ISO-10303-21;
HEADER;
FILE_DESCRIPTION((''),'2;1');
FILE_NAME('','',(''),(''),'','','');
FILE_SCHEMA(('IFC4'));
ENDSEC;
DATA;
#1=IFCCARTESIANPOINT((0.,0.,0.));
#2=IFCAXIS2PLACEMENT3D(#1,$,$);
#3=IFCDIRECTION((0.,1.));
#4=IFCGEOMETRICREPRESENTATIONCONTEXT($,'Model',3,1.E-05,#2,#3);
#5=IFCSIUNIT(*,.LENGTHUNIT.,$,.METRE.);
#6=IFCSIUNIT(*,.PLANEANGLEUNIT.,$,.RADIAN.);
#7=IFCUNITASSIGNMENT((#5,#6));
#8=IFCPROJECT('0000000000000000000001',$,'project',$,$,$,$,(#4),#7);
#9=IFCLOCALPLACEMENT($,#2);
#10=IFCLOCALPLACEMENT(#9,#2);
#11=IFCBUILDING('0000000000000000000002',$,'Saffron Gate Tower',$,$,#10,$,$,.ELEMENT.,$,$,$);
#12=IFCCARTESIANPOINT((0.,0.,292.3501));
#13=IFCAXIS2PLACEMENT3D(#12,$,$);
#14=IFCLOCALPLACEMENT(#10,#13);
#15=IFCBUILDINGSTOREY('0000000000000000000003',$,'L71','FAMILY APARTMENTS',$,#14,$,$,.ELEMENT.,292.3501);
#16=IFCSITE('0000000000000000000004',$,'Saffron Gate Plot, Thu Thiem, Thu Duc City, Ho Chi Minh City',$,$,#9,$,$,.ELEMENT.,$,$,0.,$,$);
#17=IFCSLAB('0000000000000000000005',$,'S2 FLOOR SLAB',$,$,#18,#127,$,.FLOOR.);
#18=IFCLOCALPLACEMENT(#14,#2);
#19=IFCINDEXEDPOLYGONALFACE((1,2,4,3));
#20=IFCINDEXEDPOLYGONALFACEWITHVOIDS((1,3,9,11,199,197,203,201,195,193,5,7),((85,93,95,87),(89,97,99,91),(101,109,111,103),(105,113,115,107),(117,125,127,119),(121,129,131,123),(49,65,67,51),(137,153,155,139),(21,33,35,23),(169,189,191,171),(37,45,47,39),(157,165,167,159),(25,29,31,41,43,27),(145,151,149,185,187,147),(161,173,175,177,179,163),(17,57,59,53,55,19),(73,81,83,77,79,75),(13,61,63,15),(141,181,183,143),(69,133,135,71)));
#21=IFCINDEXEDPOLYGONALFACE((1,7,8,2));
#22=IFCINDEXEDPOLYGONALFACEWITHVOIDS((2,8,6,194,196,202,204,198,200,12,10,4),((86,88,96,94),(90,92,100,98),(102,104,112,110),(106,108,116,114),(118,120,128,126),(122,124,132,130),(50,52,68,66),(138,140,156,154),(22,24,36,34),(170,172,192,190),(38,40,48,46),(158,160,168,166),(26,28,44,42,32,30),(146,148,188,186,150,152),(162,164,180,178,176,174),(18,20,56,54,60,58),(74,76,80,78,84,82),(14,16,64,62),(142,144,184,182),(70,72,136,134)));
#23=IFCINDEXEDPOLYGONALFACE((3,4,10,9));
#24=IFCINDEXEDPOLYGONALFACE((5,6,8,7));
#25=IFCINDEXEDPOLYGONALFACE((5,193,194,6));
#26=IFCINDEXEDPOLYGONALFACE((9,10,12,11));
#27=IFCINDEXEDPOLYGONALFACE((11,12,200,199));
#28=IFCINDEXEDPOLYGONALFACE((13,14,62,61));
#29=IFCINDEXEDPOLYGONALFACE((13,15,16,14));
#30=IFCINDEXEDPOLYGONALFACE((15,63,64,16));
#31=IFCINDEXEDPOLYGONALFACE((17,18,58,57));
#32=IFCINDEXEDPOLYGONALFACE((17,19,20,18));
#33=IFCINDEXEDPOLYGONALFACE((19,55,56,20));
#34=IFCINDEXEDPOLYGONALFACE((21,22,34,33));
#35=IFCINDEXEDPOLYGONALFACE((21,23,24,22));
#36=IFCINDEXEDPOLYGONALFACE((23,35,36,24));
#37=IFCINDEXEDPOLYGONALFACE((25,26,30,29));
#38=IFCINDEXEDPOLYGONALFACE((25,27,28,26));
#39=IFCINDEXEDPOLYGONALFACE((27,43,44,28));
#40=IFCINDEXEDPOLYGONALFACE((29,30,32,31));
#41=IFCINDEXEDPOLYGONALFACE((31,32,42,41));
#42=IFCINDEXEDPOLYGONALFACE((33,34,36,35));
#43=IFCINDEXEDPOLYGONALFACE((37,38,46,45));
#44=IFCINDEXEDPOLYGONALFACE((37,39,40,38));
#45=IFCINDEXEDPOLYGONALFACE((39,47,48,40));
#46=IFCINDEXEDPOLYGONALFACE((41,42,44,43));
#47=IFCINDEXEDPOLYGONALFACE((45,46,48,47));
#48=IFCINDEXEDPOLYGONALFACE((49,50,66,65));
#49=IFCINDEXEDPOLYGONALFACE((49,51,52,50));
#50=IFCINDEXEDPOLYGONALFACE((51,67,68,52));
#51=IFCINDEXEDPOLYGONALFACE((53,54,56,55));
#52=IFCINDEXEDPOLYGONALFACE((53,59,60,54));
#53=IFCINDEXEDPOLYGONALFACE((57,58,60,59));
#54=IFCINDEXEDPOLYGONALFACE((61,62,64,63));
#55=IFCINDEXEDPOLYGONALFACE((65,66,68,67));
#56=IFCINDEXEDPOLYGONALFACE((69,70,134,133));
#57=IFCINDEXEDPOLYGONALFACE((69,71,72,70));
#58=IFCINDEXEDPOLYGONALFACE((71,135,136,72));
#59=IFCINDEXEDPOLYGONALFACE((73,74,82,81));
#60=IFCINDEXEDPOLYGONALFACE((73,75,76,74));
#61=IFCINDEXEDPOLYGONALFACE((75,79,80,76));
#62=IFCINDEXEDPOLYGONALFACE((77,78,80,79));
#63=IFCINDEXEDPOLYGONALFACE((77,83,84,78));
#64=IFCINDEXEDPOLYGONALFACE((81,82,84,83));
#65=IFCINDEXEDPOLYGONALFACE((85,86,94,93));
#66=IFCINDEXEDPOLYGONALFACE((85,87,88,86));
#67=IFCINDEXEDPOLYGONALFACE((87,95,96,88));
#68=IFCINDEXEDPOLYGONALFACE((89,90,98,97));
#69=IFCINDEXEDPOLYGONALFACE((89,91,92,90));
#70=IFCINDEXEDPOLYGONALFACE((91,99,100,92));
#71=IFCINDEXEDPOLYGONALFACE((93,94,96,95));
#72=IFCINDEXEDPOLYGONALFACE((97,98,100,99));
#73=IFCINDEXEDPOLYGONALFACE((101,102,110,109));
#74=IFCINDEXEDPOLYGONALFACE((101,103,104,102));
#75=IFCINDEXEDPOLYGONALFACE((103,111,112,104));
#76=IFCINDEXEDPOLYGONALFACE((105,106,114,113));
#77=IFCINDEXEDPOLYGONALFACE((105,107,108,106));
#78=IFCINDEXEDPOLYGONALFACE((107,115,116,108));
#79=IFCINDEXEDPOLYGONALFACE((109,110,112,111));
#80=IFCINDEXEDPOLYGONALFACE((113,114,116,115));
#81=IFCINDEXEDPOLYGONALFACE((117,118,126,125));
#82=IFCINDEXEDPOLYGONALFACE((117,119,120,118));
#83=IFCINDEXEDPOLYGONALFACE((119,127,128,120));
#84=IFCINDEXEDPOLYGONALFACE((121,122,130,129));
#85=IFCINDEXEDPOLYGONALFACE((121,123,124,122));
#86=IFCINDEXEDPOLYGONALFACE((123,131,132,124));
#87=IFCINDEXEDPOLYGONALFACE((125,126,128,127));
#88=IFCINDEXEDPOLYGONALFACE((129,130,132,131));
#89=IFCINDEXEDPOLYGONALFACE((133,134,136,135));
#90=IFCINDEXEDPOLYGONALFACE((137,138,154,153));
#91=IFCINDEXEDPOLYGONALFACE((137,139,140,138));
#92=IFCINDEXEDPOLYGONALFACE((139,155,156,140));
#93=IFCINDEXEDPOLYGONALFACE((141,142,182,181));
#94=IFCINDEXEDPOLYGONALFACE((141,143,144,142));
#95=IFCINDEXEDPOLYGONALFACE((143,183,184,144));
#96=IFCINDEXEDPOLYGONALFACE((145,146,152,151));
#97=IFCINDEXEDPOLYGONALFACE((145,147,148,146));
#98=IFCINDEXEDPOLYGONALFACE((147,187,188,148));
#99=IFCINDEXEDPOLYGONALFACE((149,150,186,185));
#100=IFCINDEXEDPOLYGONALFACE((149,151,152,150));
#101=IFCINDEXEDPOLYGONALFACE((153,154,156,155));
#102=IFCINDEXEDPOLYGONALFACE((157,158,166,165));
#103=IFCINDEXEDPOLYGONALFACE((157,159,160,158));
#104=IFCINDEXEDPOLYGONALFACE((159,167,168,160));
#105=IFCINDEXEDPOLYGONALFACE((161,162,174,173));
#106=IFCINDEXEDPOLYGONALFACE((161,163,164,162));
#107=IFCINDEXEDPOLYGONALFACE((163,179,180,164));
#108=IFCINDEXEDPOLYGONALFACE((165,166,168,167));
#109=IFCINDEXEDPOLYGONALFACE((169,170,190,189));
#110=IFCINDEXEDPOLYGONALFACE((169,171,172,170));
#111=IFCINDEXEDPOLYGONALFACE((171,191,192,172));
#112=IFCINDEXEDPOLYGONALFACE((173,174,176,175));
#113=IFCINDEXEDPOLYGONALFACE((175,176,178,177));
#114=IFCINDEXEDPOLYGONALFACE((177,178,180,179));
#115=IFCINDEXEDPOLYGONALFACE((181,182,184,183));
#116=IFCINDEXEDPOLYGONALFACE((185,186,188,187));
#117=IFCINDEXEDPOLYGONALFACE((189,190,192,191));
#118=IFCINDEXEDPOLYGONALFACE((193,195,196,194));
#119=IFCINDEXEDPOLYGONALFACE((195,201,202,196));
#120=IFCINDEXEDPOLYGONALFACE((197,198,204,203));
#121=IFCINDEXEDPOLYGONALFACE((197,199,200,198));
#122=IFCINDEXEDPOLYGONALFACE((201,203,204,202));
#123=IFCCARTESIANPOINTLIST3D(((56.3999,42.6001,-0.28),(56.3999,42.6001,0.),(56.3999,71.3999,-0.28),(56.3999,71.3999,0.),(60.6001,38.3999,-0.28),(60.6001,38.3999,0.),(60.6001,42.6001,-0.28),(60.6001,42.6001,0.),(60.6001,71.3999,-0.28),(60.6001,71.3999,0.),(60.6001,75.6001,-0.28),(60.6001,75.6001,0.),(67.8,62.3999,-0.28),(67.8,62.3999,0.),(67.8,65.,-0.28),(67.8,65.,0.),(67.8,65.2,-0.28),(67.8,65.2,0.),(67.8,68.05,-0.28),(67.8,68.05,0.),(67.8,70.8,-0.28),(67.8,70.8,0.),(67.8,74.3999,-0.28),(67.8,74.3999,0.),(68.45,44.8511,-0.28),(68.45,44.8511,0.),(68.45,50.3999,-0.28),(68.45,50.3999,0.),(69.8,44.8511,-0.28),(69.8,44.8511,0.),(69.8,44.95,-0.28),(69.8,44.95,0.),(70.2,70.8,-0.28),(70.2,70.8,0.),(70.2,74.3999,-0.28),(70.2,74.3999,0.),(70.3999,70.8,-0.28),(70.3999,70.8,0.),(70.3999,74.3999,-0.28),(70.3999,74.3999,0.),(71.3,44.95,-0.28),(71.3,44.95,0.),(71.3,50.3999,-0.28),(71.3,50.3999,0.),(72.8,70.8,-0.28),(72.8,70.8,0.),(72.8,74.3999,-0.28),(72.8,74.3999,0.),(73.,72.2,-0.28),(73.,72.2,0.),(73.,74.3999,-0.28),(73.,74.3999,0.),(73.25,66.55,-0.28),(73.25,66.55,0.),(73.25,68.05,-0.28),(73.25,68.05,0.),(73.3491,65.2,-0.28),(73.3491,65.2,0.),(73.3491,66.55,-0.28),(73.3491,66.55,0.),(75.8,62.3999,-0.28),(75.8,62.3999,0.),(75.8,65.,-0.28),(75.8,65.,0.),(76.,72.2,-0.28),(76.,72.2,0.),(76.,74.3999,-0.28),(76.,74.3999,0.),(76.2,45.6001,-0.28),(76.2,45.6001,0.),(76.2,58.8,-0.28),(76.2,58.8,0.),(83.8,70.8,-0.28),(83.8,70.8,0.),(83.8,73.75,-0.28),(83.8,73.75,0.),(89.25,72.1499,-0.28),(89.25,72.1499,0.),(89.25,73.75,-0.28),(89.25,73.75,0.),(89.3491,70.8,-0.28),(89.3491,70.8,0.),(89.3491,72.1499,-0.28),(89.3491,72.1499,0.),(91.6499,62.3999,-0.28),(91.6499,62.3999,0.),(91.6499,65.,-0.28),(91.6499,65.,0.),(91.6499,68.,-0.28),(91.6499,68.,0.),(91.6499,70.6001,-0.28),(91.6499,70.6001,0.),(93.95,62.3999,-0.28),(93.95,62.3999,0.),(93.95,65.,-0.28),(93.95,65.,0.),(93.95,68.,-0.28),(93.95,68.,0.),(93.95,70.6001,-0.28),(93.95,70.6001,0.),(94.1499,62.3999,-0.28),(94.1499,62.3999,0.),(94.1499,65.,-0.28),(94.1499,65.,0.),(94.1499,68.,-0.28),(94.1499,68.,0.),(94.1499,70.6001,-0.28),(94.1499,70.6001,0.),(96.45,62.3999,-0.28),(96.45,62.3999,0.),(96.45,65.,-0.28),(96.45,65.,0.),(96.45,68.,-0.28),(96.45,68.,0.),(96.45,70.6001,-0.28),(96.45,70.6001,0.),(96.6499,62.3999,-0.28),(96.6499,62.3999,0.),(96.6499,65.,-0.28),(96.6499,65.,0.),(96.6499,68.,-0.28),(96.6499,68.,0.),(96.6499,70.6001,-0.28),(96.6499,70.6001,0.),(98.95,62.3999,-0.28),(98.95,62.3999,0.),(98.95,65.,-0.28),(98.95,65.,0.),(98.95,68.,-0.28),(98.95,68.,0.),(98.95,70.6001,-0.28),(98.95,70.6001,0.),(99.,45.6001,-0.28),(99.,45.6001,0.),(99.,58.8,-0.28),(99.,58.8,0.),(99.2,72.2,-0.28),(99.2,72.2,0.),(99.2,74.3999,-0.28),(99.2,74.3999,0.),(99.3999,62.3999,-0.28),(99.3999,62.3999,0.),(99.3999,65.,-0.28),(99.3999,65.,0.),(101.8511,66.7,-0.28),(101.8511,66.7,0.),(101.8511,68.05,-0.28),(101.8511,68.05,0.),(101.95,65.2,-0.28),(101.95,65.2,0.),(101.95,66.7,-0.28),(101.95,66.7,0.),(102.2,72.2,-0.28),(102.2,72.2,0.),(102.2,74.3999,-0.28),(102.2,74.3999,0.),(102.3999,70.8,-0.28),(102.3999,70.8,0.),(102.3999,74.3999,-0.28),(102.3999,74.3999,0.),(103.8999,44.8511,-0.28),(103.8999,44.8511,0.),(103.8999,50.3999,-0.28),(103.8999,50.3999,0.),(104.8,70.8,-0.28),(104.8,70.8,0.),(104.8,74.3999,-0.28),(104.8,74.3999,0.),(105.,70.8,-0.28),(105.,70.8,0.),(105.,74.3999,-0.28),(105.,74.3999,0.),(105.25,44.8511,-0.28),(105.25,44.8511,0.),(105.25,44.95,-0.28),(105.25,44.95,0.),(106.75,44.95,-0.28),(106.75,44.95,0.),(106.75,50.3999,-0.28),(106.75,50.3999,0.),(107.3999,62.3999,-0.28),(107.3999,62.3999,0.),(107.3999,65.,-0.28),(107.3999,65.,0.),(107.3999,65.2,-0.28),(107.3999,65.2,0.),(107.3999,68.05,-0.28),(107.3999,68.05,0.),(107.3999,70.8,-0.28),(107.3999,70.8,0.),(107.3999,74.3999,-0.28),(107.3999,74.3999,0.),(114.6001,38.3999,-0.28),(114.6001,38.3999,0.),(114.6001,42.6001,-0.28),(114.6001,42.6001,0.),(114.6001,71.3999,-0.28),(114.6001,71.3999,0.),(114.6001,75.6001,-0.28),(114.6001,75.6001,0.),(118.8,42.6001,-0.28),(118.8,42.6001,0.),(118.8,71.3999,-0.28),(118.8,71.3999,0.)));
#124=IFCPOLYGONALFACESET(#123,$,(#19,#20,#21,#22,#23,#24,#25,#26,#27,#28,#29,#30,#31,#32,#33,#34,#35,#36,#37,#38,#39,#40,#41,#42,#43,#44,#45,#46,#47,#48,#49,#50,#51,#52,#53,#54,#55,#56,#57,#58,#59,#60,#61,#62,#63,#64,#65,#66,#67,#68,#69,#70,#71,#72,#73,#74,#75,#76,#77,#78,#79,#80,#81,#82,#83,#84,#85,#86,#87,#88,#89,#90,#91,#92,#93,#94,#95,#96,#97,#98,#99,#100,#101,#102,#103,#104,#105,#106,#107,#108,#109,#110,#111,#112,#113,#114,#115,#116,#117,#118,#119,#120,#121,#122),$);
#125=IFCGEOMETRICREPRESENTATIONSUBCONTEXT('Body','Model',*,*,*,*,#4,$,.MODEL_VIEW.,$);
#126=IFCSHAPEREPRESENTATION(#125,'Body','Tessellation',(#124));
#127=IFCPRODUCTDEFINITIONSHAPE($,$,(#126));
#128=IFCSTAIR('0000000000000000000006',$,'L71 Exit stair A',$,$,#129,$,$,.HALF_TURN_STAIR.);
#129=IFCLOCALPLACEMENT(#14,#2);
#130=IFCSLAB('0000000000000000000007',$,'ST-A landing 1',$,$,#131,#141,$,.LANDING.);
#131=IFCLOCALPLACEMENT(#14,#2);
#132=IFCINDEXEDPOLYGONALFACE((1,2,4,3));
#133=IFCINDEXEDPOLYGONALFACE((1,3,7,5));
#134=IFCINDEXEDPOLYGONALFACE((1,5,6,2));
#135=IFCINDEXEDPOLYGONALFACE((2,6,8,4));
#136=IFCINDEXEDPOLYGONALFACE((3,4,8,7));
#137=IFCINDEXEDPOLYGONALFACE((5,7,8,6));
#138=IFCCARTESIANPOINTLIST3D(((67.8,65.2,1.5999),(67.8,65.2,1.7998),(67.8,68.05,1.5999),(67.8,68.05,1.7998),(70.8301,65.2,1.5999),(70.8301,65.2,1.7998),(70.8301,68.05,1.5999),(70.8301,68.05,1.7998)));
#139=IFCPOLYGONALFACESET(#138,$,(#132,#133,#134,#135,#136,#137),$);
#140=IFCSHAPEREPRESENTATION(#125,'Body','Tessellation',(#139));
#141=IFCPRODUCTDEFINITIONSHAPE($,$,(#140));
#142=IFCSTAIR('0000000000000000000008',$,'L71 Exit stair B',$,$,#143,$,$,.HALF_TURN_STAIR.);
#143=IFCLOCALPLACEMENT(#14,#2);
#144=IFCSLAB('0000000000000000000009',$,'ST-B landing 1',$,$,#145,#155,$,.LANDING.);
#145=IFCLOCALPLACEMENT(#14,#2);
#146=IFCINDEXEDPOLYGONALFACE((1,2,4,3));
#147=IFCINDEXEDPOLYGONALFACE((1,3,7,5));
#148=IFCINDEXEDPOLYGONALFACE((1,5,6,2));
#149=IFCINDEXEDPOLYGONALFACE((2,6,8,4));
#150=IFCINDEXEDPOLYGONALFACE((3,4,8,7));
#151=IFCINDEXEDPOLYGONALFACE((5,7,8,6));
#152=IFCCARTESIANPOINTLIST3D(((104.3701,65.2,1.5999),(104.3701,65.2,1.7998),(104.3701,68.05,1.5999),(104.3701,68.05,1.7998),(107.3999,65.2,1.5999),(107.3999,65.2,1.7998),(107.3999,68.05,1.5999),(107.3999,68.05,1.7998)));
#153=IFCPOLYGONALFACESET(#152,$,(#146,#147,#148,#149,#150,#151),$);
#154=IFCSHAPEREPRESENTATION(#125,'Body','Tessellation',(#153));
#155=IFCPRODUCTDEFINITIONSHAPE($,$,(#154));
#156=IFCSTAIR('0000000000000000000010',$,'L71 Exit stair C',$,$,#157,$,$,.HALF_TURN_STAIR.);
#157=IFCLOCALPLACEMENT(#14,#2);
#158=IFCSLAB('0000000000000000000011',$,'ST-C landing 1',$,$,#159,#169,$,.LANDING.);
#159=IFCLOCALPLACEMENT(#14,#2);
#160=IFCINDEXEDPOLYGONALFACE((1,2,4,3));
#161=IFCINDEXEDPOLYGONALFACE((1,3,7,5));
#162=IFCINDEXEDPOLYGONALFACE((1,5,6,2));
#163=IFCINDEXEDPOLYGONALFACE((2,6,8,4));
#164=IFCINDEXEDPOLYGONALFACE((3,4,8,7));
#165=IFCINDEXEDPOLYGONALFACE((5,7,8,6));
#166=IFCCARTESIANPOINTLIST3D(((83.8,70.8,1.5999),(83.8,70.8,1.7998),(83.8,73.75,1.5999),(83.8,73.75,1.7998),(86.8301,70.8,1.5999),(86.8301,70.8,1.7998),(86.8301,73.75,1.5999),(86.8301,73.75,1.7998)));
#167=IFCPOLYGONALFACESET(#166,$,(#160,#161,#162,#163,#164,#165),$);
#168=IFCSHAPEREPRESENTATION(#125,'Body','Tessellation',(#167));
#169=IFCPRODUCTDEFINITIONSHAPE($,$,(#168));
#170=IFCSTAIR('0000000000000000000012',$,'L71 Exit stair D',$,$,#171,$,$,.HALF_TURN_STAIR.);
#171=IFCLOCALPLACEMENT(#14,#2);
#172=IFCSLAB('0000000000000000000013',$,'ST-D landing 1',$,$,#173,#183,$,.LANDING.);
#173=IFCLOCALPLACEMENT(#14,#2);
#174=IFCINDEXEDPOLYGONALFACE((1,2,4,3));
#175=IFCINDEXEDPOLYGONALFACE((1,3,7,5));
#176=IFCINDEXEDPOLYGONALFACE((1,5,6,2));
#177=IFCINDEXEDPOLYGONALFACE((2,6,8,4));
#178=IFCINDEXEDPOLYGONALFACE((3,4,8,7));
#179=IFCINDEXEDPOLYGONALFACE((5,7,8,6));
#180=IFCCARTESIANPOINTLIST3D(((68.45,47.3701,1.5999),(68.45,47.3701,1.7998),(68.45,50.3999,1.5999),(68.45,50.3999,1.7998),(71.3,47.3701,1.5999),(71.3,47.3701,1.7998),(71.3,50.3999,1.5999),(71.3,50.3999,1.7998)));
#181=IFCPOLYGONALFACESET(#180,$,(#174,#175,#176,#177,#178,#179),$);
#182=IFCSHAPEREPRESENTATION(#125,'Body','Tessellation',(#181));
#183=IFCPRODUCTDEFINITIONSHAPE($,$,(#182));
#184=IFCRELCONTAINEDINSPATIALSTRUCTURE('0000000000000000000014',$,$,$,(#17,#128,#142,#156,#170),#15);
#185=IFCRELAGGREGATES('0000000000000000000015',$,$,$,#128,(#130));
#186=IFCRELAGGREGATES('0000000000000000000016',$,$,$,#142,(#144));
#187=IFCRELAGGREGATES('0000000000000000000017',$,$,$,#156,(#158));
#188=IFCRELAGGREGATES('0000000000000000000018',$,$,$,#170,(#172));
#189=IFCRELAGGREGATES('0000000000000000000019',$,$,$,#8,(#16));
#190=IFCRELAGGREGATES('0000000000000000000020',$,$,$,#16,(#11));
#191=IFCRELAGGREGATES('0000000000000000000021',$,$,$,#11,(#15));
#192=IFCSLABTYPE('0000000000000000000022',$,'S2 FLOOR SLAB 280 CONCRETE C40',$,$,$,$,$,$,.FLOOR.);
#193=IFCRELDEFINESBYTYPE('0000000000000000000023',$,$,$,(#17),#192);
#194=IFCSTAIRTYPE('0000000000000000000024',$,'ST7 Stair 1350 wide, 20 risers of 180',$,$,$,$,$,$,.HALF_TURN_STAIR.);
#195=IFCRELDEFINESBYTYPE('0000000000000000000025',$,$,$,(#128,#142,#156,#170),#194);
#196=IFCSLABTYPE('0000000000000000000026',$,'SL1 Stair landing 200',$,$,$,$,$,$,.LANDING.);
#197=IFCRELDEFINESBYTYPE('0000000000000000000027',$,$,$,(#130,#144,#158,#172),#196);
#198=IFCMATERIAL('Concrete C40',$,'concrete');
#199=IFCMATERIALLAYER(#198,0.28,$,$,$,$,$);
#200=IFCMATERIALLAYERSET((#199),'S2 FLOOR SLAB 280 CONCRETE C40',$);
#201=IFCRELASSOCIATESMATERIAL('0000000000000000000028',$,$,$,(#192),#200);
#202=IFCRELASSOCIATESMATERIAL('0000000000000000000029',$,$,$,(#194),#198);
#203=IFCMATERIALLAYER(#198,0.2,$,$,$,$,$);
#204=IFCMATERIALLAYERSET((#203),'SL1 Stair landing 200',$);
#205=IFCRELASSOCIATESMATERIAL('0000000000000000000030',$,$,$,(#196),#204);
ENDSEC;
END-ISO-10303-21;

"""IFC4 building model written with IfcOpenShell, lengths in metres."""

from ifc_helpers import new_model, si_unit, direction, frame, origin, place, context, subcontext, project, spatial, polyline, outline, extrude, material, layer, layer_set, type_object, element, aggregate, save


model = new_model("IFC4")

# Units and contexts
model_context = context("Model", 3, precision=1e-05, world=origin(), true_north=direction((0.0, 1.0)))
body_context = subcontext(model_context, "Body", "Model", "MODEL_VIEW")
ifc_project = project(units=[si_unit("LENGTHUNIT", "METRE"), si_unit("PLANEANGLEUNIT", "RADIAN")], contexts=[model_context])

# Site, building, storey
site_placement = place(None, origin())
site = spatial("IfcSite", under=ifc_project, at=site_placement, Name="Saffron Gate Plot, Thu Thiem, Thu Duc City, Ho Chi Minh City", CompositionType="ELEMENT", RefElevation=0.0)
building_placement = place(site_placement, origin())
building = spatial("IfcBuilding", under=site, at=building_placement, Name="Saffron Gate Tower", CompositionType="ELEMENT")
storey_placement = place(building_placement, frame((0.0, 0.0, 292.3501)))
storey = spatial("IfcBuildingStorey", under=building, at=storey_placement, Name="L71", Description="FAMILY APARTMENTS", CompositionType="ELEMENT", Elevation=292.3501)

# Slab
ifc_material_1 = material(Name="Concrete C40", Category="concrete")
ifc_layer_1 = layer(ifc_material_1, 0.28)
ifc_layer_set_1 = layer_set([ifc_layer_1], Name="S2 FLOOR SLAB 280 CONCRETE C40")
slab_type_1 = type_object("IfcSlabType", Name="S2 FLOOR SLAB 280 CONCRETE C40", PredefinedType="FLOOR", material=ifc_layer_set_1)
slab_1_placement = place(storey_placement, frame((0.0, 0.0, -0.28)))
element("IfcSlab", 1, at=slab_1_placement, inside=storey, type_object=slab_type_1, Name="S2 FLOOR SLAB", PredefinedType="FLOOR", context=body_context, shape_type="SweptSolid", body=[
    extrude(outline(polyline([(56.3999, 42.6001), (60.6001, 42.6001), (60.6001, 38.3999), (114.6001, 38.3999), (114.6001, 42.6001), (118.8, 42.6001), (118.8, 71.3999), (114.6001, 71.3999), (114.6001, 75.6001), (60.6001, 75.6001), (60.6001, 71.3999), (56.3999, 71.3999), (56.3999, 42.6001)]), holes=[polyline([(67.8, 62.3999), (67.8, 65.0), (75.8, 65.0), (75.8, 62.3999), (67.8, 62.3999)]), polyline([(67.8, 65.2), (67.8, 68.05), (73.25, 68.05), (73.25, 66.55), (73.3491, 66.55), (73.3491, 65.2), (67.8, 65.2)]), polyline([(67.8, 70.8), (67.8, 74.3999), (70.2, 74.3999), (70.2, 70.8), (67.8, 70.8)]), polyline([(68.45, 44.8511), (68.45, 50.3999), (71.3, 50.3999), (71.3, 44.95), (69.8, 44.95), (69.8, 44.8511), (68.45, 44.8511)]), polyline([(70.3999, 70.8), (70.3999, 74.3999), (72.8, 74.3999), (72.8, 70.8), (70.3999, 70.8)]), polyline([(73.0, 72.2), (73.0, 74.3999), (76.0, 74.3999), (76.0, 72.2), (73.0, 72.2)]), polyline([(76.2, 45.6001), (76.2, 58.8), (99.0, 58.8), (99.0, 45.6001), (76.2, 45.6001)]), polyline([(83.8, 70.8), (83.8, 73.75), (89.25, 73.75), (89.25, 72.1499), (89.3491, 72.1499), (89.3491, 70.8), (83.8, 70.8)]), polyline([(91.6499, 62.3999), (91.6499, 65.0), (93.95, 65.0), (93.95, 62.3999), (91.6499, 62.3999)]), polyline([(91.6499, 68.0), (91.6499, 70.6001), (93.95, 70.6001), (93.95, 68.0), (91.6499, 68.0)]), polyline([(94.1499, 62.3999), (94.1499, 65.0), (96.45, 65.0), (96.45, 62.3999), (94.1499, 62.3999)]), polyline([(94.1499, 68.0), (94.1499, 70.6001), (96.45, 70.6001), (96.45, 68.0), (94.1499, 68.0)]), polyline([(96.6499, 62.3999), (96.6499, 65.0), (98.95, 65.0), (98.95, 62.3999), (96.6499, 62.3999)]), polyline([(96.6499, 68.0), (96.6499, 70.6001), (98.95, 70.6001), (98.95, 68.0), (96.6499, 68.0)]), polyline([(99.2, 72.2), (99.2, 74.3999), (102.2, 74.3999), (102.2, 72.2), (99.2, 72.2)]), polyline([(99.3999, 62.3999), (99.3999, 65.0), (107.3999, 65.0), (107.3999, 62.3999), (99.3999, 62.3999)]), polyline([(101.8511, 66.7), (101.8511, 68.05), (107.3999, 68.05), (107.3999, 65.2), (101.95, 65.2), (101.95, 66.7), (101.8511, 66.7)]), polyline([(102.3999, 70.8), (102.3999, 74.3999), (104.8, 74.3999), (104.8, 70.8), (102.3999, 70.8)]), polyline([(103.8999, 44.8511), (103.8999, 50.3999), (106.75, 50.3999), (106.75, 44.95), (105.25, 44.95), (105.25, 44.8511), (103.8999, 44.8511)]), polyline([(105.0, 70.8), (105.0, 74.3999), (107.3999, 74.3999), (107.3999, 70.8), (105.0, 70.8)])]), origin(), (0.0, 0.0, 1.0), 0.28),
])

# Stairs, slabs
stair_type = type_object("IfcStairType", Name="ST7 Stair 1350 wide, 20 risers of 180", PredefinedType="HALF_TURN_STAIR", material=ifc_material_1)
stair_1_placement = place(storey_placement, origin())
stair_1 = element("IfcStair", 2, at=stair_1_placement, inside=storey, type_object=stair_type, Name="L71 Exit stair A", PredefinedType="HALF_TURN_STAIR")
ifc_layer_2 = layer(ifc_material_1, 0.2)
ifc_layer_set_2 = layer_set([ifc_layer_2], Name="SL1 Stair landing 200")
slab_type_2 = type_object("IfcSlabType", Name="SL1 Stair landing 200", PredefinedType="LANDING", material=ifc_layer_set_2)
slab_2_placement = place(storey_placement, frame((0.0, 0.0, 1.5999)))
slab_2 = element("IfcSlab", 3, at=slab_2_placement, type_object=slab_type_2, Name="ST-A landing 1", PredefinedType="LANDING", context=body_context, shape_type="SweptSolid", body=[
    extrude(outline(polyline([(70.8301, 68.05), (67.8, 68.05), (67.8, 65.2), (70.8301, 65.2), (70.8301, 68.05)])), origin(), (0.0, 0.0, 1.0), 0.2),
])
aggregate(stair_1, [slab_2])
stair_2_placement = place(storey_placement, origin())
stair_2 = element("IfcStair", 4, at=stair_2_placement, inside=storey, type_object=stair_type, Name="L71 Exit stair B", PredefinedType="HALF_TURN_STAIR")
slab_3_placement = place(storey_placement, frame((0.0, 0.0, 1.5999)))
slab_3 = element("IfcSlab", 5, at=slab_3_placement, type_object=slab_type_2, Name="ST-B landing 1", PredefinedType="LANDING", context=body_context, shape_type="SweptSolid", body=[
    extrude(outline(polyline([(104.3701, 65.2), (107.3999, 65.2), (107.3999, 68.05), (104.3701, 68.05), (104.3701, 65.2)])), origin(), (0.0, 0.0, 1.0), 0.2),
])
aggregate(stair_2, [slab_3])
stair_3_placement = place(storey_placement, origin())
stair_3 = element("IfcStair", 6, at=stair_3_placement, inside=storey, type_object=stair_type, Name="L71 Exit stair C", PredefinedType="HALF_TURN_STAIR")
slab_4_placement = place(storey_placement, frame((0.0, 0.0, 1.5999)))
slab_4 = element("IfcSlab", 7, at=slab_4_placement, type_object=slab_type_2, Name="ST-C landing 1", PredefinedType="LANDING", context=body_context, shape_type="SweptSolid", body=[
    extrude(outline(polyline([(86.8301, 73.75), (83.8, 73.75), (83.8, 70.8), (86.8301, 70.8), (86.8301, 73.75)])), origin(), (0.0, 0.0, 1.0), 0.2),
])
aggregate(stair_3, [slab_4])
stair_4_placement = place(storey_placement, origin())
stair_4 = element("IfcStair", 8, at=stair_4_placement, inside=storey, type_object=stair_type, Name="L71 Exit stair D", PredefinedType="HALF_TURN_STAIR")
slab_5_placement = place(storey_placement, frame((0.0, 0.0, 1.5999)))
slab_5 = element("IfcSlab", 9, at=slab_5_placement, type_object=slab_type_2, Name="ST-D landing 1", PredefinedType="LANDING", context=body_context, shape_type="SweptSolid", body=[
    extrude(outline(polyline([(71.3, 47.3701), (71.3, 50.3999), (68.45, 50.3999), (68.45, 47.3701), (71.3, 47.3701)])), origin(), (0.0, 0.0, 1.0), 0.2),
])
aggregate(stair_4, [slab_5])

save(model, "model.ifc")
